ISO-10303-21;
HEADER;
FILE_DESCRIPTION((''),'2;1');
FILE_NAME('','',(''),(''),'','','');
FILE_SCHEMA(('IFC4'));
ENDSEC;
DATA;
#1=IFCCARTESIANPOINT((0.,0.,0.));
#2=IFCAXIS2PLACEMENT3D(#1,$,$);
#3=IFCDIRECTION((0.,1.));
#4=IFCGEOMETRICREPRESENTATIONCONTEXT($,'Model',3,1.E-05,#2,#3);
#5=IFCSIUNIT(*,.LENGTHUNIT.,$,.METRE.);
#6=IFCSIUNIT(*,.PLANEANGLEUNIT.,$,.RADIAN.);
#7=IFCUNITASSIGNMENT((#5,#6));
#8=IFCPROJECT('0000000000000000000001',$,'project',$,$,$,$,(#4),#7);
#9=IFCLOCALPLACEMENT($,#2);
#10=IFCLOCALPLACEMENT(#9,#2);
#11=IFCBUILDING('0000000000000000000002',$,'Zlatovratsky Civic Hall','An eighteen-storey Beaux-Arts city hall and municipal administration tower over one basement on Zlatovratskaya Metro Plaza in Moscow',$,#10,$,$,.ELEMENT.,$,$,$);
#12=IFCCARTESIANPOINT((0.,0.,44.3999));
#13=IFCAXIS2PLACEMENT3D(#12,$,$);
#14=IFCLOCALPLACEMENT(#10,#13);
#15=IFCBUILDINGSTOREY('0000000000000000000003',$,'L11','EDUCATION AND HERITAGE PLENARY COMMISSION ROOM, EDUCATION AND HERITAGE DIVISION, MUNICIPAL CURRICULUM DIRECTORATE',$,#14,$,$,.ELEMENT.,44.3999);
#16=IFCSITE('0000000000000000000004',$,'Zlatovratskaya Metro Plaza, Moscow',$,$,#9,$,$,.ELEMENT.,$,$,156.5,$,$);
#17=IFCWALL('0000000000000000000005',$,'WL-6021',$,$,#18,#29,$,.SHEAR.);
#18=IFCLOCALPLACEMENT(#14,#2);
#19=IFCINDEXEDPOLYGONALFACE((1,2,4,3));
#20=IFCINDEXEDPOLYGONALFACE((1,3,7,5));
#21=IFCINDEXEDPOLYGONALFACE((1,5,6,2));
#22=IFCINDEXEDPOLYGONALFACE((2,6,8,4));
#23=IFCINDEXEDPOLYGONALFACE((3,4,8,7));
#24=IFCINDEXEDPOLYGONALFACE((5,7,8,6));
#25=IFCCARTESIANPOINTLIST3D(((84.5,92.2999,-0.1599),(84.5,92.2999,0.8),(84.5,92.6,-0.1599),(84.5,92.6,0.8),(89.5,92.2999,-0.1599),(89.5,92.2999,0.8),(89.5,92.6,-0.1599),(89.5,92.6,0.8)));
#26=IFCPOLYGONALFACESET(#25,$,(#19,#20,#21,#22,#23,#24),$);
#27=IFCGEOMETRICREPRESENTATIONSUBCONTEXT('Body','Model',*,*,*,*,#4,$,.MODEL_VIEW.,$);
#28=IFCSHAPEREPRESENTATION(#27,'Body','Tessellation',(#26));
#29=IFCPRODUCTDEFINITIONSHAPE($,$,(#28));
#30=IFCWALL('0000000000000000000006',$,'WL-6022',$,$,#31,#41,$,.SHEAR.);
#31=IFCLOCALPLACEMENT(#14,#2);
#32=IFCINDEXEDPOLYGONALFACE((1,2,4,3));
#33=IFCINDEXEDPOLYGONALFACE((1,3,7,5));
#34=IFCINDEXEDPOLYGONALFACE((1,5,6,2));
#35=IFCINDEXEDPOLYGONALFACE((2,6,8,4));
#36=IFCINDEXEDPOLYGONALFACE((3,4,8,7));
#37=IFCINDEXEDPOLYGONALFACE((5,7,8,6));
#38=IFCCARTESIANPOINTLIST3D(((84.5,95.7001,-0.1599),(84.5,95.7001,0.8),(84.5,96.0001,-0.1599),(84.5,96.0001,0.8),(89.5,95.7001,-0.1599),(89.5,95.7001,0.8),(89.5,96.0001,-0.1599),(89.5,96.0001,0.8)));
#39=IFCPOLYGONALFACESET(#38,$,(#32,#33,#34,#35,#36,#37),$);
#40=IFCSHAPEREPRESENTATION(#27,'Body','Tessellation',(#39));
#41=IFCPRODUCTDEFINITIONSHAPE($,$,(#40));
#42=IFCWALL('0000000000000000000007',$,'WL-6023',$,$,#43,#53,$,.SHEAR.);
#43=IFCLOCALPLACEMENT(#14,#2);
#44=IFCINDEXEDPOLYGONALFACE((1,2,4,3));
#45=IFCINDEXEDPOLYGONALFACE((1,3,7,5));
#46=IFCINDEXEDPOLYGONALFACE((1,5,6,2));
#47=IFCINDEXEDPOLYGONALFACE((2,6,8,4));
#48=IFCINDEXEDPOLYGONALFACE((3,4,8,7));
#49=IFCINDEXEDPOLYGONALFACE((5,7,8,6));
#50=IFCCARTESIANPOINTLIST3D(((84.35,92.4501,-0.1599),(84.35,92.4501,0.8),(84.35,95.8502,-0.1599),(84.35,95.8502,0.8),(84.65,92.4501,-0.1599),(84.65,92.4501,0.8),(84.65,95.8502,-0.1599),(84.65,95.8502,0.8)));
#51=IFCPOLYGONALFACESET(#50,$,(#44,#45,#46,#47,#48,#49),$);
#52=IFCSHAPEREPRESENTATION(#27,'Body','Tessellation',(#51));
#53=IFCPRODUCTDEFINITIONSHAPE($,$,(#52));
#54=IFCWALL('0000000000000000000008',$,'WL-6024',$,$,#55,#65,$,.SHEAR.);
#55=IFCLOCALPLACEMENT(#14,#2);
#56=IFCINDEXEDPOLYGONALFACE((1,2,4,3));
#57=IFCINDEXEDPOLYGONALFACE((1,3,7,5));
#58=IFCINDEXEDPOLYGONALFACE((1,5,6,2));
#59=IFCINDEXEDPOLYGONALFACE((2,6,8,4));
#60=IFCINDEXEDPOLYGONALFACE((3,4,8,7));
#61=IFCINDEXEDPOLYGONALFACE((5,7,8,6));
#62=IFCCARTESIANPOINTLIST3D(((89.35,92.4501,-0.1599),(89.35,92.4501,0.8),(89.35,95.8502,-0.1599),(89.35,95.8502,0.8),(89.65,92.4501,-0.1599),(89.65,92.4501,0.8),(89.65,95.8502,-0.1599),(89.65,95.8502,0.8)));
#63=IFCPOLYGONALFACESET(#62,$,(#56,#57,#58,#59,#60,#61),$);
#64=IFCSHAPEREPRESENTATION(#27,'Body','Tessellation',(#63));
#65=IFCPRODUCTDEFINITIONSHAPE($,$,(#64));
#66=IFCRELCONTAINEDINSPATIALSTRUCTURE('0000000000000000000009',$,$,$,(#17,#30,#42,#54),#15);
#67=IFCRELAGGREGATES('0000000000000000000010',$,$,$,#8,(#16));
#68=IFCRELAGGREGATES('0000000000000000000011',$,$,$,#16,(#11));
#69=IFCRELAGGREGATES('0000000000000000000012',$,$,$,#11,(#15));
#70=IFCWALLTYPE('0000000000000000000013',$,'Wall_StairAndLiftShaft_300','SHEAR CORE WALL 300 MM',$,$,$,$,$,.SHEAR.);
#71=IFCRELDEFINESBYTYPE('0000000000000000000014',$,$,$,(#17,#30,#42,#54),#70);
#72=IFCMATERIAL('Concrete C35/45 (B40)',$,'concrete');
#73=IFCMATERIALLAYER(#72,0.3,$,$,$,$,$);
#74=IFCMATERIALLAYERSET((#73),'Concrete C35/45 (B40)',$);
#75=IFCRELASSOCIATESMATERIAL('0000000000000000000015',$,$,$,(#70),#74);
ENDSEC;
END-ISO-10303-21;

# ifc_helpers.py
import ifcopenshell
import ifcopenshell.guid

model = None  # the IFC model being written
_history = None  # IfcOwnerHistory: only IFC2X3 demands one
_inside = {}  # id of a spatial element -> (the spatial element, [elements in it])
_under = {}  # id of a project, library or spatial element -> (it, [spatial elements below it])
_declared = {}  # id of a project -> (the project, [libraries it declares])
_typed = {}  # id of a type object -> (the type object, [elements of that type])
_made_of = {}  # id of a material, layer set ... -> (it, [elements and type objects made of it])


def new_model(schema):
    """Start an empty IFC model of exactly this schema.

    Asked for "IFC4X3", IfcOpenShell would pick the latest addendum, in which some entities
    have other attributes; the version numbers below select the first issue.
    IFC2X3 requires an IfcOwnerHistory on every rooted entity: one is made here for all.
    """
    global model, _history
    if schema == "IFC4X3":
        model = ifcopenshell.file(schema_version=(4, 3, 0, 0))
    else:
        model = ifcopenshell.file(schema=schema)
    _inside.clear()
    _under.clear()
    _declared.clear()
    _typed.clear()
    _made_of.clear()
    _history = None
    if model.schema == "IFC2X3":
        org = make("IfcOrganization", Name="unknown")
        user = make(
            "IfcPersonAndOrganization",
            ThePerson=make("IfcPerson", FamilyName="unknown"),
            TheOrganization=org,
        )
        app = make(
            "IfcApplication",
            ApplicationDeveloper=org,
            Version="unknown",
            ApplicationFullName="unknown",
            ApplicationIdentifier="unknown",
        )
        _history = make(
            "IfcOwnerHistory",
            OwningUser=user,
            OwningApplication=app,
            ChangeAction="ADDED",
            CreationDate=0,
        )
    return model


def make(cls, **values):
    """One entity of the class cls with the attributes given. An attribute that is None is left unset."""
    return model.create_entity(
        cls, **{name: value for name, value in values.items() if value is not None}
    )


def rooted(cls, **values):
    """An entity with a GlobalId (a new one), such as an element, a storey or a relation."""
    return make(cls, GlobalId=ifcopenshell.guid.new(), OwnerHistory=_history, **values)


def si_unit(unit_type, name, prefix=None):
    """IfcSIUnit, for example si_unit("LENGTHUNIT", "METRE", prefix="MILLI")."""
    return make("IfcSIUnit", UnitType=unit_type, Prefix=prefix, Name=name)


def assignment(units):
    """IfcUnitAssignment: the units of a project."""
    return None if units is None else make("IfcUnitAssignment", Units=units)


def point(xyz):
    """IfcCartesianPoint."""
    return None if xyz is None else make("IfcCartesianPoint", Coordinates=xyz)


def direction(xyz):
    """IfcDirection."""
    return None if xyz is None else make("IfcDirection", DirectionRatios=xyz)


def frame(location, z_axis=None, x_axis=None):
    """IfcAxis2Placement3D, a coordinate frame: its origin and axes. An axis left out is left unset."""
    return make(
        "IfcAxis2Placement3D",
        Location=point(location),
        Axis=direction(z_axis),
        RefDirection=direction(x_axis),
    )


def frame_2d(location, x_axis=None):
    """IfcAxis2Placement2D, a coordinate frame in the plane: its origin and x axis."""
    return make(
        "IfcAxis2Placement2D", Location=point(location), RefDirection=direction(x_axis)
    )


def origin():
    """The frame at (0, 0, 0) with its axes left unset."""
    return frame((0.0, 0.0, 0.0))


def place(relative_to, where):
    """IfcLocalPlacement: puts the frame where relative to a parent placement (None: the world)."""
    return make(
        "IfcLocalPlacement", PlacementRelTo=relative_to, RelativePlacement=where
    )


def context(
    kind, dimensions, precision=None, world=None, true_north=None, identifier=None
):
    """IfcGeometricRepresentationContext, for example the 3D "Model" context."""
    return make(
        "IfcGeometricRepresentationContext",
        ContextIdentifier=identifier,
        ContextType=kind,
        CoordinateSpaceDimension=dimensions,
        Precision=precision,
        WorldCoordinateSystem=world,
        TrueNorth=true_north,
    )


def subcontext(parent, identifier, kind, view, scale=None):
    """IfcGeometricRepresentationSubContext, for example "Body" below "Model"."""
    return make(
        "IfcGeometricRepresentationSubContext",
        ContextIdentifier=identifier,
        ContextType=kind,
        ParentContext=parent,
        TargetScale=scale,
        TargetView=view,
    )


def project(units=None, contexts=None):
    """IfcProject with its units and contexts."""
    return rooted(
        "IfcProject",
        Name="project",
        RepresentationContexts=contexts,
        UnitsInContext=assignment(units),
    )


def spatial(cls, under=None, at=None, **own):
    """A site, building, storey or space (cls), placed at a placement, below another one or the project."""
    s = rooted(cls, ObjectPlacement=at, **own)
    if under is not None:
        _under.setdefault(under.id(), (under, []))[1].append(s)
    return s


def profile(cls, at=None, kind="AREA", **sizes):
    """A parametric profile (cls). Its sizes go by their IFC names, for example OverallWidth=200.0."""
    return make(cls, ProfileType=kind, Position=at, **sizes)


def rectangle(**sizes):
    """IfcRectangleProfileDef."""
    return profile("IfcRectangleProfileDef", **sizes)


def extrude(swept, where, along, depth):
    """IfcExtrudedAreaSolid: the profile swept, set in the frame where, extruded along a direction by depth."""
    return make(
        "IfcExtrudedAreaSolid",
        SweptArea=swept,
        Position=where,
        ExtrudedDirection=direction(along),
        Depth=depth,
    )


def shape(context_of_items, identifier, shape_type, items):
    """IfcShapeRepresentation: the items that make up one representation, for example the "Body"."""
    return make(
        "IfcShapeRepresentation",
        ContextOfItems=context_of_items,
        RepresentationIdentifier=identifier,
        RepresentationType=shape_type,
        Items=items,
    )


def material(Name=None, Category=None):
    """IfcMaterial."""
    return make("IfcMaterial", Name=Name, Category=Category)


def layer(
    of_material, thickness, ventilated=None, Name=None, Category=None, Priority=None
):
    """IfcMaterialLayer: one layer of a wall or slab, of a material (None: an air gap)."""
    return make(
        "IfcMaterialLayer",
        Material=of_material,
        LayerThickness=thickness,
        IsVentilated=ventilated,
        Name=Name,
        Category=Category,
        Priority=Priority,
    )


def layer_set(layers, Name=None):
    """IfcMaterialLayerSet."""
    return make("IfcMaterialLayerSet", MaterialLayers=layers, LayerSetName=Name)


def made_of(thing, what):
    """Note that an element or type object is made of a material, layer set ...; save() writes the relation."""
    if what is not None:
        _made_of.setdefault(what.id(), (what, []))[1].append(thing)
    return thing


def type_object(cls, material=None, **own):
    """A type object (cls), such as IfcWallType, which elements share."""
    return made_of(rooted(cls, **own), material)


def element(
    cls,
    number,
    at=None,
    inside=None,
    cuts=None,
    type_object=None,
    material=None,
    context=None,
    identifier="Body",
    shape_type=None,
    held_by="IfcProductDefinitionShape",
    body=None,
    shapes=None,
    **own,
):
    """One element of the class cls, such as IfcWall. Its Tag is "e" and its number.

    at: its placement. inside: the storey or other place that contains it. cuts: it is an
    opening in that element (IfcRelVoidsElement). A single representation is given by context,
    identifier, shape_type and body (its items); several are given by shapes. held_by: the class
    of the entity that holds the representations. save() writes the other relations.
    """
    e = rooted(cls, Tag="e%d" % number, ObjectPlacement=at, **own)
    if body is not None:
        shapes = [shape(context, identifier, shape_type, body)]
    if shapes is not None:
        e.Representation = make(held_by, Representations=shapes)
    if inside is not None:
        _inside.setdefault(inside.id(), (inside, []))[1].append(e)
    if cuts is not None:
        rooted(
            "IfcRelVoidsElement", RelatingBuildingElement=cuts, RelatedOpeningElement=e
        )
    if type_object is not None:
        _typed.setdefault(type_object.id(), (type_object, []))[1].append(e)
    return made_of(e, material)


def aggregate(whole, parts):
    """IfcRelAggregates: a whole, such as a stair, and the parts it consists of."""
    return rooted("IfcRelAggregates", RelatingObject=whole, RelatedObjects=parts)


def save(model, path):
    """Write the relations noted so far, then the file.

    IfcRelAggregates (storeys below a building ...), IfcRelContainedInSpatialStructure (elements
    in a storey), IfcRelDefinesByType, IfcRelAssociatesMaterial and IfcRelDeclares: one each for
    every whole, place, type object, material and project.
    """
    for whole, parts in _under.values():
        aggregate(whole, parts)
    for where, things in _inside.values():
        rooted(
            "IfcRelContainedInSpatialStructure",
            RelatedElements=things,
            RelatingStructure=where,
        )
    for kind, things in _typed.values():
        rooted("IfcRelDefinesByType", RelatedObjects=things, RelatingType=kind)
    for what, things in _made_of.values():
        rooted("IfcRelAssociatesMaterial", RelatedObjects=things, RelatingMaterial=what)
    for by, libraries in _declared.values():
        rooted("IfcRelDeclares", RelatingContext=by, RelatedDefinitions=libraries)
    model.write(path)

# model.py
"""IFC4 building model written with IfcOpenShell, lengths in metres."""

from ifc_helpers import new_model, si_unit, direction, frame, frame_2d, origin, place, context, subcontext, project, spatial, rectangle, extrude, material, layer, layer_set, type_object, element, save


model = new_model("IFC4")

# Units and contexts
model_context = context("Model", 3, precision=1e-05, world=origin(), true_north=direction((0.0, 1.0)))
body_context = subcontext(model_context, "Body", "Model", "MODEL_VIEW")
ifc_project = project(units=[si_unit("LENGTHUNIT", "METRE"), si_unit("PLANEANGLEUNIT", "RADIAN")], contexts=[model_context])

# Site, building, storey
site_placement = place(None, origin())
site = spatial("IfcSite", under=ifc_project, at=site_placement, Name="Zlatovratskaya Metro Plaza, Moscow", CompositionType="ELEMENT", RefElevation=156.5)
building_placement = place(site_placement, origin())
building = spatial("IfcBuilding", under=site, at=building_placement, Name="Zlatovratsky Civic Hall", Description="An eighteen-storey Beaux-Arts city hall and municipal administration tower over one basement on Zlatovratskaya Metro Plaza in Moscow", CompositionType="ELEMENT")
storey_placement = place(building_placement, frame((0.0, 0.0, 44.3999)))
storey = spatial("IfcBuildingStorey", under=building, at=storey_placement, Name="L11", Description="EDUCATION AND HERITAGE PLENARY COMMISSION ROOM, EDUCATION AND HERITAGE DIVISION, MUNICIPAL CURRICULUM DIRECTORATE", CompositionType="ELEMENT", Elevation=44.3999)

# Shared definitions
ifc_material_1 = material(Name="Concrete C35/45 (B40)", Category="concrete")

# Walls
ifc_layer_1 = layer(ifc_material_1, 0.3)
ifc_layer_set_1 = layer_set([ifc_layer_1], Name="Concrete C35/45 (B40)")
wall_type_1 = type_object("IfcWallType", Name="Wall_StairAndLiftShaft_300", Description="SHEAR CORE WALL 300 MM", PredefinedType="SHEAR", material=ifc_layer_set_1)
for number, where, z_axis, x_axis, name in (
    (1, (84.5, 92.45, -0.1599), (0.0, 0.0, 1.0), (1.0, 0.0, 0.0), "WL-6021"),
    (2, (84.5, 95.8501, -0.1599), (0.0, 0.0, 1.0), (1.0, 0.0, 0.0), "WL-6022"),
):
    element("IfcWall", number, at=place(storey_placement, frame(where, z_axis=z_axis, x_axis=x_axis)), inside=storey, type_object=wall_type_1, Name=name, PredefinedType="SHEAR", context=body_context, shape_type="SweptSolid", body=[
        extrude(rectangle(XDim=5.0, YDim=0.3, at=frame_2d((2.5, 0.0))), origin(), (0.0, 0.0, 1.0), 0.96),
    ])
for number, where, z_axis, x_axis, name in (
    (3, (84.5, 92.45, -0.1599), (0.0, 0.0, 1.0), (0.0, 1.0, 0.0), "WL-6023"),
    (4, (89.5, 92.45, -0.1599), (0.0, 0.0, 1.0), (0.0, 1.0, 0.0), "WL-6024"),
):
    element("IfcWall", number, at=place(storey_placement, frame(where, z_axis=z_axis, x_axis=x_axis)), inside=storey, type_object=wall_type_1, Name=name, PredefinedType="SHEAR", context=body_context, shape_type="SweptSolid", body=[
        extrude(rectangle(XDim=3.4001, YDim=0.3, at=frame_2d((1.7002, 0.0))), origin(), (0.0, 0.0, 1.0), 0.96),
    ])

save(model, "model.ifc")
